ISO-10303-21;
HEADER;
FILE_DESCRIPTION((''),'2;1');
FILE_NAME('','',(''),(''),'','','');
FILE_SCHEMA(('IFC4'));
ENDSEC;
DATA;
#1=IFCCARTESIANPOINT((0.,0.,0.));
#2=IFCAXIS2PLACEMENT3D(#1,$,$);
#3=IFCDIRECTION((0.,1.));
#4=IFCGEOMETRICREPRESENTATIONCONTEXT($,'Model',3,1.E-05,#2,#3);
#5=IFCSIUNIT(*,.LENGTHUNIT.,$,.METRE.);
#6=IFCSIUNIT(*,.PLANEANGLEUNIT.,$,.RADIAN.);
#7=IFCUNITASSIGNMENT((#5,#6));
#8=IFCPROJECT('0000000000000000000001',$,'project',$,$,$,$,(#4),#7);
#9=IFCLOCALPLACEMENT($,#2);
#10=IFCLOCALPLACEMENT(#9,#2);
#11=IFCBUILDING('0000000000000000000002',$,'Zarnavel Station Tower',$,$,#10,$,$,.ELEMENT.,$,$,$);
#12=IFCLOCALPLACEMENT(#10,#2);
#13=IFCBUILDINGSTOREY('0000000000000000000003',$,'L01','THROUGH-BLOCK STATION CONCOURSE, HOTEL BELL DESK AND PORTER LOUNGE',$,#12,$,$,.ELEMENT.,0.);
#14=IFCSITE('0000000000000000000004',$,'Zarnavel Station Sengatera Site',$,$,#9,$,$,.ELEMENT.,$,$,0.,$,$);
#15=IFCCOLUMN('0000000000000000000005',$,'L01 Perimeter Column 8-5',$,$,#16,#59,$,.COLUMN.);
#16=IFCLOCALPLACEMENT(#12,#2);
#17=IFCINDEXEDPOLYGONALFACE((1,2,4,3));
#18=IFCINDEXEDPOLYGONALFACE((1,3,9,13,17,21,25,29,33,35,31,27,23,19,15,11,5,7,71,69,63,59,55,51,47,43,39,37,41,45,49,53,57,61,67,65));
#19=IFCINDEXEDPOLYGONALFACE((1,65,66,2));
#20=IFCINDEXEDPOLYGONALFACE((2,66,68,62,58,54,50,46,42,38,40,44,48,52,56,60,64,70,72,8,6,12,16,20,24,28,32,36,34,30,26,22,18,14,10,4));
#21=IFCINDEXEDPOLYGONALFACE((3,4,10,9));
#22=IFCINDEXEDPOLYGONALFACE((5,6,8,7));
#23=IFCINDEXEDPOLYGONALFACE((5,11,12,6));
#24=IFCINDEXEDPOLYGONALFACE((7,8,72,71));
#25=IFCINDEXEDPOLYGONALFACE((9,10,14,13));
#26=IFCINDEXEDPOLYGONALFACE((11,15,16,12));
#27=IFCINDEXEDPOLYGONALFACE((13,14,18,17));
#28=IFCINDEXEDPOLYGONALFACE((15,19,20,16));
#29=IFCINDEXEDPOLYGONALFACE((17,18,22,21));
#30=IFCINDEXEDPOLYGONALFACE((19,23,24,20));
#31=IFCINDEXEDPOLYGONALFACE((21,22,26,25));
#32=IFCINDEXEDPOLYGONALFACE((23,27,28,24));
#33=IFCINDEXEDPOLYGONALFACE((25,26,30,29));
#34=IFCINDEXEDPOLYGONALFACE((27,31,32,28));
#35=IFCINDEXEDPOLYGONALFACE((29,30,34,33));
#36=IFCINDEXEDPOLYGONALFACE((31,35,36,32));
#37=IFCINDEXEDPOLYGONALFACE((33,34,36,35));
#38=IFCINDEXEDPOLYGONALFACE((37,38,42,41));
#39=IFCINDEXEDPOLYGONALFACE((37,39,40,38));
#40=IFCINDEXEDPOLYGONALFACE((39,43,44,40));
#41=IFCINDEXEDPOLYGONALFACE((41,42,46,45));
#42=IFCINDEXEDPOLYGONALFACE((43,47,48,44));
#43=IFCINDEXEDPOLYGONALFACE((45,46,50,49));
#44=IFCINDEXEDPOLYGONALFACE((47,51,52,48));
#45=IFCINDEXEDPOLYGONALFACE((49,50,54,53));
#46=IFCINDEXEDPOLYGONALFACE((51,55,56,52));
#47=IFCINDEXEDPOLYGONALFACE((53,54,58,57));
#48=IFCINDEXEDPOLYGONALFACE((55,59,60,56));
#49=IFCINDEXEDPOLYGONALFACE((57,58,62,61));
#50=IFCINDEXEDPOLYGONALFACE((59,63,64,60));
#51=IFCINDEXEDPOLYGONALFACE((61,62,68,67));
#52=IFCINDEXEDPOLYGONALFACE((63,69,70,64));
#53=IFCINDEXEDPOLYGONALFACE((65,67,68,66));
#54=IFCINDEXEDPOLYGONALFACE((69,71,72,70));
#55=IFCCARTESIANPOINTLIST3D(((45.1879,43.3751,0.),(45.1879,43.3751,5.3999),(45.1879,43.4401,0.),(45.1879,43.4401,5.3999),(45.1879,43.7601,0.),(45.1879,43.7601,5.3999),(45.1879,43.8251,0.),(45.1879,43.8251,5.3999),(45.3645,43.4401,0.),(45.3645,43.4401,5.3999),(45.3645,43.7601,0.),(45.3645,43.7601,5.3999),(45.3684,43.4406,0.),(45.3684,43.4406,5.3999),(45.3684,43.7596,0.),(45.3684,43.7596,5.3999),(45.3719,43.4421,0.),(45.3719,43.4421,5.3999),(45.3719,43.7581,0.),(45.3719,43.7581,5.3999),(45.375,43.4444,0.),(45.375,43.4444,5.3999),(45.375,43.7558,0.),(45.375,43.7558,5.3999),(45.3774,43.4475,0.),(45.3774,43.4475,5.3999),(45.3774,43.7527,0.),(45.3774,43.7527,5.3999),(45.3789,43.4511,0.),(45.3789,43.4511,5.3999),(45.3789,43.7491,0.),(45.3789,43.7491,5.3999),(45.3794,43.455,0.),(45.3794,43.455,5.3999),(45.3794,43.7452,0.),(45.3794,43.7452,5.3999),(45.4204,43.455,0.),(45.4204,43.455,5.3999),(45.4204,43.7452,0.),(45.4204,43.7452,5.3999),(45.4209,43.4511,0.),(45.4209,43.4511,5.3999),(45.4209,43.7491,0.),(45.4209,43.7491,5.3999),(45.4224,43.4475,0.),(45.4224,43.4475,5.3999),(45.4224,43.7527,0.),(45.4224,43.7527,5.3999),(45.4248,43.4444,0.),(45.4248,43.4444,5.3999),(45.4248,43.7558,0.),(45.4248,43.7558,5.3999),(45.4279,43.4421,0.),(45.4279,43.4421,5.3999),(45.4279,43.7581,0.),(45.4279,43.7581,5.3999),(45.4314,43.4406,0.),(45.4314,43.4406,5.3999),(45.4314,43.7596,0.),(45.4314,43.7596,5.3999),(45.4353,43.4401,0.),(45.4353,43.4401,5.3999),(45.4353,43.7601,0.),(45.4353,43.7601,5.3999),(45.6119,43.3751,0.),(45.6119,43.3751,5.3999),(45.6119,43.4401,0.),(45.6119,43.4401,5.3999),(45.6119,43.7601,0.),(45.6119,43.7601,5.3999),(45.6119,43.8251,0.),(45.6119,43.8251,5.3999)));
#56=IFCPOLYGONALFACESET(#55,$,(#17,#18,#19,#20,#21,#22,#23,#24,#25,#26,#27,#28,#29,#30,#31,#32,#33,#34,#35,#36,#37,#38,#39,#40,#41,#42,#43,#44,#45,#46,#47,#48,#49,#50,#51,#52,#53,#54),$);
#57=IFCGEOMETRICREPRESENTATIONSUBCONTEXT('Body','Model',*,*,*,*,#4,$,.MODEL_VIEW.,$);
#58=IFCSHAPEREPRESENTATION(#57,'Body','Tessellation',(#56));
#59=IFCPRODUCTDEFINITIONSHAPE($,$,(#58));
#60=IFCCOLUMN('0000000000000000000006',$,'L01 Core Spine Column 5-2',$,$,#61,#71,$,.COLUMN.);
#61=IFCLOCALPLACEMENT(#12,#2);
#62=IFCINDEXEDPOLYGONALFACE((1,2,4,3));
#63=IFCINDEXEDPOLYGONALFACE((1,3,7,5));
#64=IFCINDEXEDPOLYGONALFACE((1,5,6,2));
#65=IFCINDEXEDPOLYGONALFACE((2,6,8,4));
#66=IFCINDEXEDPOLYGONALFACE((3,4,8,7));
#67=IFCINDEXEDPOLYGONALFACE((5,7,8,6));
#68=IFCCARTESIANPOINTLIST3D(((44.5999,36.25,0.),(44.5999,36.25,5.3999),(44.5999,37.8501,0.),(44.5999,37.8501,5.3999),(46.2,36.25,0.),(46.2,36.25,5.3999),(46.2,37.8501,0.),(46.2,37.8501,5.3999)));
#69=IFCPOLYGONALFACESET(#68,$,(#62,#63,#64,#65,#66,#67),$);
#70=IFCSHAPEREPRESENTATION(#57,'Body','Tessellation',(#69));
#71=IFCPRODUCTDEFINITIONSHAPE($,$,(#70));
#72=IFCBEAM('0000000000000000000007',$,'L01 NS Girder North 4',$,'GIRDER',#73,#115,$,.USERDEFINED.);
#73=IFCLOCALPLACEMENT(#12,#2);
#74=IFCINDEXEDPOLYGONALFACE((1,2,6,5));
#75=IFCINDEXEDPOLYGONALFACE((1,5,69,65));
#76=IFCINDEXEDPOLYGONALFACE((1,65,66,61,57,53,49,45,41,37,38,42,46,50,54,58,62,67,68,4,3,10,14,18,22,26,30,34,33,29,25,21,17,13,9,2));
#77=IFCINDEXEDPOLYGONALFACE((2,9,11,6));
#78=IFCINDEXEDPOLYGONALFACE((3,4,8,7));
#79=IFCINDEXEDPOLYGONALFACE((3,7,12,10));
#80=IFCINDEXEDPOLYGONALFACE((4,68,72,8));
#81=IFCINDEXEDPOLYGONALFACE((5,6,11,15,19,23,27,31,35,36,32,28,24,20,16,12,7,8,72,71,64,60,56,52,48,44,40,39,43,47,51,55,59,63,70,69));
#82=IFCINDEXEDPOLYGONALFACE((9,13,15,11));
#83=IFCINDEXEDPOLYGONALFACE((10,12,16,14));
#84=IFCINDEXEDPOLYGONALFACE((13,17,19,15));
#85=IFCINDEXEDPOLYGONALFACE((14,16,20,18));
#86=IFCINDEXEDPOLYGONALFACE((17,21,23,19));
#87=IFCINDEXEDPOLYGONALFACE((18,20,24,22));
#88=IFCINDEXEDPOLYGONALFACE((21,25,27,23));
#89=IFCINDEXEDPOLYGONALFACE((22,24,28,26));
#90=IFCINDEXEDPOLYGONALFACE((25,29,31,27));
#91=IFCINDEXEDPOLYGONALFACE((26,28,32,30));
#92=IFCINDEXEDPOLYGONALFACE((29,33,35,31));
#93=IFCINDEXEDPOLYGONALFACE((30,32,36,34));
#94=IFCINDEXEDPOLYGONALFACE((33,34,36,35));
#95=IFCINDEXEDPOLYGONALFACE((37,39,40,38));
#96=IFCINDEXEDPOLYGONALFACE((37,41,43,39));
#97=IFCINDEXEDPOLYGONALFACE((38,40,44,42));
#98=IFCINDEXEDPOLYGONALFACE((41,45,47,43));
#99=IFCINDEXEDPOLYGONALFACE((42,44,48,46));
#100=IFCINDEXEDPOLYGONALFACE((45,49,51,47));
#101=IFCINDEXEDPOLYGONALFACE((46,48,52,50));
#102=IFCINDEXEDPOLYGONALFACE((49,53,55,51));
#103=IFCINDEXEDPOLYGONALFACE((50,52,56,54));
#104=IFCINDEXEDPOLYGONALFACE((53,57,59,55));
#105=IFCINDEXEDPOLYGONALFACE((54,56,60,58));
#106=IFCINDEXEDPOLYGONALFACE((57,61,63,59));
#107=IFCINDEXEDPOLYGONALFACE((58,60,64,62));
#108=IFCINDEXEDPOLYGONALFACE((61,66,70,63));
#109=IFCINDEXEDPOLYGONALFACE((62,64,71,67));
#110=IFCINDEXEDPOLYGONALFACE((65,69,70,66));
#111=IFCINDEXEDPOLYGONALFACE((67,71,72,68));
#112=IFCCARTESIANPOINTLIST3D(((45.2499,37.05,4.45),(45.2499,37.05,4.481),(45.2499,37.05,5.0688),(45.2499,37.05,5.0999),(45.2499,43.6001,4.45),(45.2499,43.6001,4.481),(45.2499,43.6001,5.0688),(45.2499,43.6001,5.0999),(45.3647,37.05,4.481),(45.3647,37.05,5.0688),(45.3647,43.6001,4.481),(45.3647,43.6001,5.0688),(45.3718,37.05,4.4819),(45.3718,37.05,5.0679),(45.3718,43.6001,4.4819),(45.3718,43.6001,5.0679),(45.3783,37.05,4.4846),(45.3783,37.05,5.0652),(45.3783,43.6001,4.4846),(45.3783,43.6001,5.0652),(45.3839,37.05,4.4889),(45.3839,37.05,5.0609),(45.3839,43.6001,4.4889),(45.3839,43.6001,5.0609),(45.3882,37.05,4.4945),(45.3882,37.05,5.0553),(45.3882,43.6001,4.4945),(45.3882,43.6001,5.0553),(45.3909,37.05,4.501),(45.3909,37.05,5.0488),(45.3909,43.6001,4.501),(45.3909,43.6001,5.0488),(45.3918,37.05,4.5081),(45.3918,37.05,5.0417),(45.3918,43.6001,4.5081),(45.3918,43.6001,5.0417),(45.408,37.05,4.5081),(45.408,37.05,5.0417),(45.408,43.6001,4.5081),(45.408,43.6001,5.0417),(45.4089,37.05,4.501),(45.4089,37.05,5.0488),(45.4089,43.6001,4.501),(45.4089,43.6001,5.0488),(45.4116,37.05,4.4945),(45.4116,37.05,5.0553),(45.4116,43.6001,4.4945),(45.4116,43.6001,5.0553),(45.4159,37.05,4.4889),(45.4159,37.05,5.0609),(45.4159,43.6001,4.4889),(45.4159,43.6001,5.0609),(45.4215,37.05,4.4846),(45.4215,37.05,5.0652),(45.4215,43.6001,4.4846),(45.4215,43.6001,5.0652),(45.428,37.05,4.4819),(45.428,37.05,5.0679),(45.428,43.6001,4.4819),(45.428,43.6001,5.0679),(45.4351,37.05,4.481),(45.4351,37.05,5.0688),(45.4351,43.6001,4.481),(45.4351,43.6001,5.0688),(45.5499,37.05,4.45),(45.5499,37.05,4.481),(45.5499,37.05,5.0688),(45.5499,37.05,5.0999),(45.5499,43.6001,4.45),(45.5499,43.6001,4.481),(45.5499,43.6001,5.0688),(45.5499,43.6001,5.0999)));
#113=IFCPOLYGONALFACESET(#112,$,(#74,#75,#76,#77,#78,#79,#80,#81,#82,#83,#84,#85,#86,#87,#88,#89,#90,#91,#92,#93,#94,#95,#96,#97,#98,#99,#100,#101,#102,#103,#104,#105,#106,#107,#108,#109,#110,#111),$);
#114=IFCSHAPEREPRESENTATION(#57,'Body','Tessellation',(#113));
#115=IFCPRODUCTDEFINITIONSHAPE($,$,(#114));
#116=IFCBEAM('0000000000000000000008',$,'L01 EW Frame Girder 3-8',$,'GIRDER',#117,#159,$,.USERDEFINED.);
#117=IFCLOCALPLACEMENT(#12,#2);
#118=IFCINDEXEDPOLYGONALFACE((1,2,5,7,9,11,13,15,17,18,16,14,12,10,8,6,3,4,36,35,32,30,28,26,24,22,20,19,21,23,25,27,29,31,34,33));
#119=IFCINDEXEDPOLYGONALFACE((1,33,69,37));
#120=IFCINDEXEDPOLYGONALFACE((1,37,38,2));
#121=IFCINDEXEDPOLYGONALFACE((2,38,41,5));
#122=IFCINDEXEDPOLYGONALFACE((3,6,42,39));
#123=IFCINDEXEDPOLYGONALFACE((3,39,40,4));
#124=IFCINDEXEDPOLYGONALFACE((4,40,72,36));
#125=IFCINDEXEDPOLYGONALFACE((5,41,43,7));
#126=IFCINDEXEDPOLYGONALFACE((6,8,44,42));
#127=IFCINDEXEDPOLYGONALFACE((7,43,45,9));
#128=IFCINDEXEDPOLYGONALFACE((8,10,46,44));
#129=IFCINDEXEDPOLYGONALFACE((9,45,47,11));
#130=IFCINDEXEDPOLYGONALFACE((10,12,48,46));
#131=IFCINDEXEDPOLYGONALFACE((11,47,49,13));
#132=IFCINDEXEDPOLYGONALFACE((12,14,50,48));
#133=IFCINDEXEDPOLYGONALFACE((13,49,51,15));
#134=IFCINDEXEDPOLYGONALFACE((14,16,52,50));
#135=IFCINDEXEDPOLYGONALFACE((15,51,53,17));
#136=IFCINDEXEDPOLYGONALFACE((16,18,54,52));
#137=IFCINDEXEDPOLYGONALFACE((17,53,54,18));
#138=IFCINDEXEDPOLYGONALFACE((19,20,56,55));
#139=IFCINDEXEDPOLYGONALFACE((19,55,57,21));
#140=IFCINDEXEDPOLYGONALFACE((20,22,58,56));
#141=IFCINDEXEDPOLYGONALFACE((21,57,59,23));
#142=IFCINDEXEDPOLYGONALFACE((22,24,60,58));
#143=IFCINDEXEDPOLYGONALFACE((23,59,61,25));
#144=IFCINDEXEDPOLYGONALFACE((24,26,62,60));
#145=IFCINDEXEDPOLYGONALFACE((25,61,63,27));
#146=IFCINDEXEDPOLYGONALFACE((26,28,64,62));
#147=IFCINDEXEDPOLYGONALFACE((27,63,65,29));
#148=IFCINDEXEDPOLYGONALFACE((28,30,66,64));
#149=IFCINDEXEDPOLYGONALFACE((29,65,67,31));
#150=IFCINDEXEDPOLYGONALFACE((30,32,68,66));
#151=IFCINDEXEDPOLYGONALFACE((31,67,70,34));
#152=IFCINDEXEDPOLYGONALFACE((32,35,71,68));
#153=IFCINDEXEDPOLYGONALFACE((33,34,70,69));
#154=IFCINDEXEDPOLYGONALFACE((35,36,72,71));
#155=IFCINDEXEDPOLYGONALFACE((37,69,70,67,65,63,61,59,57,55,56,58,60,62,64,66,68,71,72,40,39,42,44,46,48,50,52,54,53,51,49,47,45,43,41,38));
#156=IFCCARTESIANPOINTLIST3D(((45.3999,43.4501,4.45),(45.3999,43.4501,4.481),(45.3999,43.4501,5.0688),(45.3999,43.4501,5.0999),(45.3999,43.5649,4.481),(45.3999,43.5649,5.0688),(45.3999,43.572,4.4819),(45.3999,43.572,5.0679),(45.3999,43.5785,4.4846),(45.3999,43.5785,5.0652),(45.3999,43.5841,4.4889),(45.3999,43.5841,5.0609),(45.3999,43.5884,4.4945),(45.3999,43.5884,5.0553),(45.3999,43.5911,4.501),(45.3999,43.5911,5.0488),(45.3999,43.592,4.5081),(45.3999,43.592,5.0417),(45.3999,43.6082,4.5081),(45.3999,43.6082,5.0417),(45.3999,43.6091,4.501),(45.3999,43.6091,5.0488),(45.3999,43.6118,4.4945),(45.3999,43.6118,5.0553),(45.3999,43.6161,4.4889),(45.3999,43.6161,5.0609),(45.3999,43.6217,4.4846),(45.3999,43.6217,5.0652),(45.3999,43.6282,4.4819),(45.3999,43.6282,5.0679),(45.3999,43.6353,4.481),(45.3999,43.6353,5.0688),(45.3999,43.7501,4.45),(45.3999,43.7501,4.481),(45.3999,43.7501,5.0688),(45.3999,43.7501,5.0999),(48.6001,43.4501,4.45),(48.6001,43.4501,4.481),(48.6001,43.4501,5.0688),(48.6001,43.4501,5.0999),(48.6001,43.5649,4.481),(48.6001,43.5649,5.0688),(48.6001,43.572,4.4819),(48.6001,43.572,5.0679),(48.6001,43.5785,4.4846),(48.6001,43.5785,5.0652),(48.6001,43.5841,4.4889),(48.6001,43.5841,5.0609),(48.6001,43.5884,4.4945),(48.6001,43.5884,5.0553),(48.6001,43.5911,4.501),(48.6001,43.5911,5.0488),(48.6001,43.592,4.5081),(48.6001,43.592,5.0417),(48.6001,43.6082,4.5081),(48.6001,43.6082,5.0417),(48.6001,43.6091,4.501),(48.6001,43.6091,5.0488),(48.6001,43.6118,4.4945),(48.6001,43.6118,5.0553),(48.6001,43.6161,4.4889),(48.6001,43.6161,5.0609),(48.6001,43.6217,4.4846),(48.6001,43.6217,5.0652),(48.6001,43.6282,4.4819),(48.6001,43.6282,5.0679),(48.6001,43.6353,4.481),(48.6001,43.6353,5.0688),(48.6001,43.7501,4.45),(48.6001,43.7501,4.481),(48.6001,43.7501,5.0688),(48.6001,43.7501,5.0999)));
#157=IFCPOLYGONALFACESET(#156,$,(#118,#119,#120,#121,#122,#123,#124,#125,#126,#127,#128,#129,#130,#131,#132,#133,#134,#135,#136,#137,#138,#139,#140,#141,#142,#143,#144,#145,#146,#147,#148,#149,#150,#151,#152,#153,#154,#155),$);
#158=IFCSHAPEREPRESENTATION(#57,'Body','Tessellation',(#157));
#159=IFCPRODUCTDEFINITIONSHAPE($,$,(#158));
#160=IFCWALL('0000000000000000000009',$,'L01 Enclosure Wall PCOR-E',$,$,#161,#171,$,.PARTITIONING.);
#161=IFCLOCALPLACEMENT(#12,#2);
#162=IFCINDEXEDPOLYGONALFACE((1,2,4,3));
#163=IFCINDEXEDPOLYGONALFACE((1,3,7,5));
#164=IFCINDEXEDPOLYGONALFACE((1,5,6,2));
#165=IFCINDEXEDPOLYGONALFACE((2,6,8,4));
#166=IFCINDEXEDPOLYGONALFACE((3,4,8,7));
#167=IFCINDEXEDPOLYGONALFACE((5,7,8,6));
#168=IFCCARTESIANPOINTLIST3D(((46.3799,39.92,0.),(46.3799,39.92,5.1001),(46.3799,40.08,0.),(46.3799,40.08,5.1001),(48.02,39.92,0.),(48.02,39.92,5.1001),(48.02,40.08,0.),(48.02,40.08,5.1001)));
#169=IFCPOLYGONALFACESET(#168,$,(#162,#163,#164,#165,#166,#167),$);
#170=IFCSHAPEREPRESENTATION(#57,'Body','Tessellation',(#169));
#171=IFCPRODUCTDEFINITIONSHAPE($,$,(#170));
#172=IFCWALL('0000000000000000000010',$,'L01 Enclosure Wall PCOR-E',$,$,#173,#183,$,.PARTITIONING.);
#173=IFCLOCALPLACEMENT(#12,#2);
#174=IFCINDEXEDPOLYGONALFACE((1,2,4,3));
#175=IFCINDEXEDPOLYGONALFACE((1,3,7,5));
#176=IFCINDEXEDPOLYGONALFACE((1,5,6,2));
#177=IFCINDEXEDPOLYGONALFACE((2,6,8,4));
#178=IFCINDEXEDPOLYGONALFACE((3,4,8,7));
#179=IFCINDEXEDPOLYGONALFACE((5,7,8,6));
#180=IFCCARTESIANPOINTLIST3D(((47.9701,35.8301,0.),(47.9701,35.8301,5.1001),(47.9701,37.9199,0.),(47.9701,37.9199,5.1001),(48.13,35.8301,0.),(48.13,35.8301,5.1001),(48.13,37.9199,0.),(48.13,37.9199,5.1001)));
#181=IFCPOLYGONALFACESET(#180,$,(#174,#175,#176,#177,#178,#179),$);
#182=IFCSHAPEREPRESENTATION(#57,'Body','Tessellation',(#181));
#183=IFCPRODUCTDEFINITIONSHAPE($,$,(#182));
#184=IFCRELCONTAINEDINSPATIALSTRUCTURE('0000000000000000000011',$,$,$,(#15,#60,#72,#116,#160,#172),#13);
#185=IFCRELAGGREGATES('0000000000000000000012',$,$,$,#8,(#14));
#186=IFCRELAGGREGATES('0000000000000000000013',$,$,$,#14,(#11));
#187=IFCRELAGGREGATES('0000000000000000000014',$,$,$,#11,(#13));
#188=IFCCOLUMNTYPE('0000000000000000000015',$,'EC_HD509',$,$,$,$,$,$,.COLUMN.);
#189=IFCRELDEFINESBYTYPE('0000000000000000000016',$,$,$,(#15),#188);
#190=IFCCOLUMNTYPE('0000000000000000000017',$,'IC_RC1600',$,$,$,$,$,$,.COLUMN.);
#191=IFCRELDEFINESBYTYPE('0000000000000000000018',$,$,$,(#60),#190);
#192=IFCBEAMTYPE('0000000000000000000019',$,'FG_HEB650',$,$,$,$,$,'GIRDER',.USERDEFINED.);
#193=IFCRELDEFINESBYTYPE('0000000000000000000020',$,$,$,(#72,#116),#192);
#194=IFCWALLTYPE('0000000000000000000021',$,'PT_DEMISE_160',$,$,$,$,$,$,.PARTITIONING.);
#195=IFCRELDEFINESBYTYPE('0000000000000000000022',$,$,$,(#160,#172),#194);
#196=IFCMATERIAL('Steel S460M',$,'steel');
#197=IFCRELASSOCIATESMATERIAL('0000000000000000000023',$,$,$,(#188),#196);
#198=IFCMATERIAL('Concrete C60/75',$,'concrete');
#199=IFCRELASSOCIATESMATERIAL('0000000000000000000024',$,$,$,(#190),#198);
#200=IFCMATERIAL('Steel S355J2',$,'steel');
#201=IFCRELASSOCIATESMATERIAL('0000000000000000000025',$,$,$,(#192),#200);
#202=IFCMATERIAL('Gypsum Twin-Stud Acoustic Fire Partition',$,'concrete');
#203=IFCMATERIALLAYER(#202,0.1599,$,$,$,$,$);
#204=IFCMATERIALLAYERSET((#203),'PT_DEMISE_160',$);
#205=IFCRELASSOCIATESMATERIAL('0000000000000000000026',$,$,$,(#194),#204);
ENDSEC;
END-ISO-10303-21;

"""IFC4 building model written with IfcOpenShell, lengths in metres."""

from ifc_helpers import new_model, si_unit, direction, frame, frame_2d, origin, origin_2d, place, context, subcontext, project, spatial, rectangle, i_section, extrude, material, layer, layer_set, material_profile, profile_set, type_object, element, save


model = new_model("IFC4")

# Units and contexts
model_context = context("Model", 3, precision=1e-05, world=origin(), true_north=direction((0.0, 1.0)))
body_context = subcontext(model_context, "Body", "Model", "MODEL_VIEW")
ifc_project = project(units=[si_unit("LENGTHUNIT", "METRE"), si_unit("PLANEANGLEUNIT", "RADIAN")], contexts=[model_context])

# Site, building, storey
site_placement = place(None, origin())
site = spatial("IfcSite", under=ifc_project, at=site_placement, Name="Zarnavel Station Sengatera Site", CompositionType="ELEMENT", RefElevation=0.0)
building_placement = place(site_placement, origin())
building = spatial("IfcBuilding", under=site, at=building_placement, Name="Zarnavel Station Tower", CompositionType="ELEMENT")
storey_placement = place(building_placement, origin())
storey = spatial("IfcBuildingStorey", under=building, at=storey_placement, Name="L01", Description="THROUGH-BLOCK STATION CONCOURSE, HOTEL BELL DESK AND PORTER LOUNGE", CompositionType="ELEMENT", Elevation=0.0)

# Columns
ifc_material_1 = material(Name="Steel S460M", Category="steel")
ifc_material_profile_1 = material_profile(ifc_material_1, i_section(OverallWidth=0.4241, OverallDepth=0.45, WebThickness=0.041, FlangeThickness=0.0649, FilletRadius=0.0149, at=origin_2d()), Name="HD400x509")
ifc_profile_set_1 = profile_set([ifc_material_profile_1], Name="Steel S460M")
column_type_1 = type_object("IfcColumnType", Name="EC_HD509", PredefinedType="COLUMN", material=ifc_profile_set_1)
column_1_placement = place(storey_placement, frame((45.3999, 43.6001, 0.0), z_axis=(0.0, 0.0, 1.0), x_axis=(1.0, 0.0, 0.0)))
element("IfcColumn", 1, at=column_1_placement, inside=storey, type_object=column_type_1, Name="L01 Perimeter Column 8-5", PredefinedType="COLUMN", context=body_context, shape_type="SweptSolid", body=[
    extrude(i_section(OverallWidth=0.4241, OverallDepth=0.45, WebThickness=0.041, FlangeThickness=0.0649, FilletRadius=0.0149, at=origin_2d()), origin(), (0.0, 0.0, 1.0), 5.3999),
])
ifc_material_2 = material(Name="Concrete C60/75", Category="concrete")
ifc_material_profile_2 = material_profile(ifc_material_2, rectangle(XDim=1.6001, YDim=1.6001, at=origin_2d()), Name="RC1600x1600")
ifc_profile_set_2 = profile_set([ifc_material_profile_2], Name="Concrete C60/75")
column_type_2 = type_object("IfcColumnType", Name="IC_RC1600", PredefinedType="COLUMN", material=ifc_profile_set_2)
column_2_placement = place(storey_placement, frame((45.3999, 37.05, 0.0), z_axis=(0.0, 0.0, 1.0), x_axis=(1.0, 0.0, 0.0)))
element("IfcColumn", 2, at=column_2_placement, inside=storey, type_object=column_type_2, Name="L01 Core Spine Column 5-2", PredefinedType="COLUMN", context=body_context, shape_type="SweptSolid", body=[
    extrude(rectangle(XDim=1.6001, YDim=1.6001, at=origin_2d()), origin(), (0.0, 0.0, 1.0), 5.3999),
])

# Beams
ifc_material_3 = material(Name="Steel S355J2", Category="steel")
ifc_material_profile_3 = material_profile(ifc_material_3, i_section(OverallWidth=0.3, OverallDepth=0.6499, WebThickness=0.0161, FlangeThickness=0.031, FilletRadius=0.0271, at=origin_2d()), Name="HEB650")
ifc_profile_set_3 = profile_set([ifc_material_profile_3], Name="Steel S355J2")
beam_type = type_object("IfcBeamType", Name="FG_HEB650", ElementType="GIRDER", PredefinedType="USERDEFINED", material=ifc_profile_set_3)
beam_1_placement = place(storey_placement, frame((45.3999, 37.05, 4.7749), z_axis=(0.0, 1.0, 0.0), x_axis=(-1.0, 0.0, 0.0)))
element("IfcBeam", 3, at=beam_1_placement, inside=storey, type_object=beam_type, Name="L01 NS Girder North 4", ObjectType="GIRDER", PredefinedType="USERDEFINED", context=body_context, shape_type="SweptSolid", body=[
    extrude(i_section(OverallWidth=0.3, OverallDepth=0.6499, WebThickness=0.0161, FlangeThickness=0.031, FilletRadius=0.0271, at=origin_2d()), origin(), (0.0, 0.0, 1.0), 6.55),
])
beam_2_placement = place(storey_placement, frame((45.3999, 43.6001, 4.7749), z_axis=(1.0, 0.0, 0.0), x_axis=(0.0, 1.0, 0.0)))
element("IfcBeam", 4, at=beam_2_placement, inside=storey, type_object=beam_type, Name="L01 EW Frame Girder 3-8", ObjectType="GIRDER", PredefinedType="USERDEFINED", context=body_context, shape_type="SweptSolid", body=[
    extrude(i_section(OverallWidth=0.3, OverallDepth=0.6499, WebThickness=0.0161, FlangeThickness=0.031, FilletRadius=0.0271, at=origin_2d()), origin(), (0.0, 0.0, 1.0), 3.2002),
])

# Walls
ifc_material_4 = material(Name="Gypsum Twin-Stud Acoustic Fire Partition", Category="concrete")
ifc_layer_1 = layer(ifc_material_4, 0.1599)
ifc_layer_set_1 = layer_set([ifc_layer_1], Name="PT_DEMISE_160")
wall_type_1 = type_object("IfcWallType", Name="PT_DEMISE_160", PredefinedType="PARTITIONING", material=ifc_layer_set_1)
wall_1_placement = place(storey_placement, frame((46.3799, 40.0, 0.0), z_axis=(0.0, 0.0, 1.0), x_axis=(1.0, 0.0, 0.0)))
element("IfcWall", 5, at=wall_1_placement, inside=storey, type_object=wall_type_1, Name="L01 Enclosure Wall PCOR-E", PredefinedType="PARTITIONING", context=body_context, shape_type="SweptSolid", body=[
    extrude(rectangle(XDim=1.6401, YDim=0.1599, at=frame_2d((0.8201, 0.0))), origin(), (0.0, 0.0, 1.0), 5.1001),
])
wall_2_placement = place(storey_placement, frame((48.05, 35.8301, 0.0), z_axis=(0.0, 0.0, 1.0), x_axis=(0.0, 1.0, 0.0)))
element("IfcWall", 6, at=wall_2_placement, inside=storey, type_object=wall_type_1, Name="L01 Enclosure Wall PCOR-E", PredefinedType="PARTITIONING", context=body_context, shape_type="SweptSolid", body=[
    extrude(rectangle(XDim=2.0898, YDim=0.1599, at=frame_2d((1.0449, 0.0))), origin(), (0.0, 0.0, 1.0), 5.1001),
])

save(model, "model.ifc")
